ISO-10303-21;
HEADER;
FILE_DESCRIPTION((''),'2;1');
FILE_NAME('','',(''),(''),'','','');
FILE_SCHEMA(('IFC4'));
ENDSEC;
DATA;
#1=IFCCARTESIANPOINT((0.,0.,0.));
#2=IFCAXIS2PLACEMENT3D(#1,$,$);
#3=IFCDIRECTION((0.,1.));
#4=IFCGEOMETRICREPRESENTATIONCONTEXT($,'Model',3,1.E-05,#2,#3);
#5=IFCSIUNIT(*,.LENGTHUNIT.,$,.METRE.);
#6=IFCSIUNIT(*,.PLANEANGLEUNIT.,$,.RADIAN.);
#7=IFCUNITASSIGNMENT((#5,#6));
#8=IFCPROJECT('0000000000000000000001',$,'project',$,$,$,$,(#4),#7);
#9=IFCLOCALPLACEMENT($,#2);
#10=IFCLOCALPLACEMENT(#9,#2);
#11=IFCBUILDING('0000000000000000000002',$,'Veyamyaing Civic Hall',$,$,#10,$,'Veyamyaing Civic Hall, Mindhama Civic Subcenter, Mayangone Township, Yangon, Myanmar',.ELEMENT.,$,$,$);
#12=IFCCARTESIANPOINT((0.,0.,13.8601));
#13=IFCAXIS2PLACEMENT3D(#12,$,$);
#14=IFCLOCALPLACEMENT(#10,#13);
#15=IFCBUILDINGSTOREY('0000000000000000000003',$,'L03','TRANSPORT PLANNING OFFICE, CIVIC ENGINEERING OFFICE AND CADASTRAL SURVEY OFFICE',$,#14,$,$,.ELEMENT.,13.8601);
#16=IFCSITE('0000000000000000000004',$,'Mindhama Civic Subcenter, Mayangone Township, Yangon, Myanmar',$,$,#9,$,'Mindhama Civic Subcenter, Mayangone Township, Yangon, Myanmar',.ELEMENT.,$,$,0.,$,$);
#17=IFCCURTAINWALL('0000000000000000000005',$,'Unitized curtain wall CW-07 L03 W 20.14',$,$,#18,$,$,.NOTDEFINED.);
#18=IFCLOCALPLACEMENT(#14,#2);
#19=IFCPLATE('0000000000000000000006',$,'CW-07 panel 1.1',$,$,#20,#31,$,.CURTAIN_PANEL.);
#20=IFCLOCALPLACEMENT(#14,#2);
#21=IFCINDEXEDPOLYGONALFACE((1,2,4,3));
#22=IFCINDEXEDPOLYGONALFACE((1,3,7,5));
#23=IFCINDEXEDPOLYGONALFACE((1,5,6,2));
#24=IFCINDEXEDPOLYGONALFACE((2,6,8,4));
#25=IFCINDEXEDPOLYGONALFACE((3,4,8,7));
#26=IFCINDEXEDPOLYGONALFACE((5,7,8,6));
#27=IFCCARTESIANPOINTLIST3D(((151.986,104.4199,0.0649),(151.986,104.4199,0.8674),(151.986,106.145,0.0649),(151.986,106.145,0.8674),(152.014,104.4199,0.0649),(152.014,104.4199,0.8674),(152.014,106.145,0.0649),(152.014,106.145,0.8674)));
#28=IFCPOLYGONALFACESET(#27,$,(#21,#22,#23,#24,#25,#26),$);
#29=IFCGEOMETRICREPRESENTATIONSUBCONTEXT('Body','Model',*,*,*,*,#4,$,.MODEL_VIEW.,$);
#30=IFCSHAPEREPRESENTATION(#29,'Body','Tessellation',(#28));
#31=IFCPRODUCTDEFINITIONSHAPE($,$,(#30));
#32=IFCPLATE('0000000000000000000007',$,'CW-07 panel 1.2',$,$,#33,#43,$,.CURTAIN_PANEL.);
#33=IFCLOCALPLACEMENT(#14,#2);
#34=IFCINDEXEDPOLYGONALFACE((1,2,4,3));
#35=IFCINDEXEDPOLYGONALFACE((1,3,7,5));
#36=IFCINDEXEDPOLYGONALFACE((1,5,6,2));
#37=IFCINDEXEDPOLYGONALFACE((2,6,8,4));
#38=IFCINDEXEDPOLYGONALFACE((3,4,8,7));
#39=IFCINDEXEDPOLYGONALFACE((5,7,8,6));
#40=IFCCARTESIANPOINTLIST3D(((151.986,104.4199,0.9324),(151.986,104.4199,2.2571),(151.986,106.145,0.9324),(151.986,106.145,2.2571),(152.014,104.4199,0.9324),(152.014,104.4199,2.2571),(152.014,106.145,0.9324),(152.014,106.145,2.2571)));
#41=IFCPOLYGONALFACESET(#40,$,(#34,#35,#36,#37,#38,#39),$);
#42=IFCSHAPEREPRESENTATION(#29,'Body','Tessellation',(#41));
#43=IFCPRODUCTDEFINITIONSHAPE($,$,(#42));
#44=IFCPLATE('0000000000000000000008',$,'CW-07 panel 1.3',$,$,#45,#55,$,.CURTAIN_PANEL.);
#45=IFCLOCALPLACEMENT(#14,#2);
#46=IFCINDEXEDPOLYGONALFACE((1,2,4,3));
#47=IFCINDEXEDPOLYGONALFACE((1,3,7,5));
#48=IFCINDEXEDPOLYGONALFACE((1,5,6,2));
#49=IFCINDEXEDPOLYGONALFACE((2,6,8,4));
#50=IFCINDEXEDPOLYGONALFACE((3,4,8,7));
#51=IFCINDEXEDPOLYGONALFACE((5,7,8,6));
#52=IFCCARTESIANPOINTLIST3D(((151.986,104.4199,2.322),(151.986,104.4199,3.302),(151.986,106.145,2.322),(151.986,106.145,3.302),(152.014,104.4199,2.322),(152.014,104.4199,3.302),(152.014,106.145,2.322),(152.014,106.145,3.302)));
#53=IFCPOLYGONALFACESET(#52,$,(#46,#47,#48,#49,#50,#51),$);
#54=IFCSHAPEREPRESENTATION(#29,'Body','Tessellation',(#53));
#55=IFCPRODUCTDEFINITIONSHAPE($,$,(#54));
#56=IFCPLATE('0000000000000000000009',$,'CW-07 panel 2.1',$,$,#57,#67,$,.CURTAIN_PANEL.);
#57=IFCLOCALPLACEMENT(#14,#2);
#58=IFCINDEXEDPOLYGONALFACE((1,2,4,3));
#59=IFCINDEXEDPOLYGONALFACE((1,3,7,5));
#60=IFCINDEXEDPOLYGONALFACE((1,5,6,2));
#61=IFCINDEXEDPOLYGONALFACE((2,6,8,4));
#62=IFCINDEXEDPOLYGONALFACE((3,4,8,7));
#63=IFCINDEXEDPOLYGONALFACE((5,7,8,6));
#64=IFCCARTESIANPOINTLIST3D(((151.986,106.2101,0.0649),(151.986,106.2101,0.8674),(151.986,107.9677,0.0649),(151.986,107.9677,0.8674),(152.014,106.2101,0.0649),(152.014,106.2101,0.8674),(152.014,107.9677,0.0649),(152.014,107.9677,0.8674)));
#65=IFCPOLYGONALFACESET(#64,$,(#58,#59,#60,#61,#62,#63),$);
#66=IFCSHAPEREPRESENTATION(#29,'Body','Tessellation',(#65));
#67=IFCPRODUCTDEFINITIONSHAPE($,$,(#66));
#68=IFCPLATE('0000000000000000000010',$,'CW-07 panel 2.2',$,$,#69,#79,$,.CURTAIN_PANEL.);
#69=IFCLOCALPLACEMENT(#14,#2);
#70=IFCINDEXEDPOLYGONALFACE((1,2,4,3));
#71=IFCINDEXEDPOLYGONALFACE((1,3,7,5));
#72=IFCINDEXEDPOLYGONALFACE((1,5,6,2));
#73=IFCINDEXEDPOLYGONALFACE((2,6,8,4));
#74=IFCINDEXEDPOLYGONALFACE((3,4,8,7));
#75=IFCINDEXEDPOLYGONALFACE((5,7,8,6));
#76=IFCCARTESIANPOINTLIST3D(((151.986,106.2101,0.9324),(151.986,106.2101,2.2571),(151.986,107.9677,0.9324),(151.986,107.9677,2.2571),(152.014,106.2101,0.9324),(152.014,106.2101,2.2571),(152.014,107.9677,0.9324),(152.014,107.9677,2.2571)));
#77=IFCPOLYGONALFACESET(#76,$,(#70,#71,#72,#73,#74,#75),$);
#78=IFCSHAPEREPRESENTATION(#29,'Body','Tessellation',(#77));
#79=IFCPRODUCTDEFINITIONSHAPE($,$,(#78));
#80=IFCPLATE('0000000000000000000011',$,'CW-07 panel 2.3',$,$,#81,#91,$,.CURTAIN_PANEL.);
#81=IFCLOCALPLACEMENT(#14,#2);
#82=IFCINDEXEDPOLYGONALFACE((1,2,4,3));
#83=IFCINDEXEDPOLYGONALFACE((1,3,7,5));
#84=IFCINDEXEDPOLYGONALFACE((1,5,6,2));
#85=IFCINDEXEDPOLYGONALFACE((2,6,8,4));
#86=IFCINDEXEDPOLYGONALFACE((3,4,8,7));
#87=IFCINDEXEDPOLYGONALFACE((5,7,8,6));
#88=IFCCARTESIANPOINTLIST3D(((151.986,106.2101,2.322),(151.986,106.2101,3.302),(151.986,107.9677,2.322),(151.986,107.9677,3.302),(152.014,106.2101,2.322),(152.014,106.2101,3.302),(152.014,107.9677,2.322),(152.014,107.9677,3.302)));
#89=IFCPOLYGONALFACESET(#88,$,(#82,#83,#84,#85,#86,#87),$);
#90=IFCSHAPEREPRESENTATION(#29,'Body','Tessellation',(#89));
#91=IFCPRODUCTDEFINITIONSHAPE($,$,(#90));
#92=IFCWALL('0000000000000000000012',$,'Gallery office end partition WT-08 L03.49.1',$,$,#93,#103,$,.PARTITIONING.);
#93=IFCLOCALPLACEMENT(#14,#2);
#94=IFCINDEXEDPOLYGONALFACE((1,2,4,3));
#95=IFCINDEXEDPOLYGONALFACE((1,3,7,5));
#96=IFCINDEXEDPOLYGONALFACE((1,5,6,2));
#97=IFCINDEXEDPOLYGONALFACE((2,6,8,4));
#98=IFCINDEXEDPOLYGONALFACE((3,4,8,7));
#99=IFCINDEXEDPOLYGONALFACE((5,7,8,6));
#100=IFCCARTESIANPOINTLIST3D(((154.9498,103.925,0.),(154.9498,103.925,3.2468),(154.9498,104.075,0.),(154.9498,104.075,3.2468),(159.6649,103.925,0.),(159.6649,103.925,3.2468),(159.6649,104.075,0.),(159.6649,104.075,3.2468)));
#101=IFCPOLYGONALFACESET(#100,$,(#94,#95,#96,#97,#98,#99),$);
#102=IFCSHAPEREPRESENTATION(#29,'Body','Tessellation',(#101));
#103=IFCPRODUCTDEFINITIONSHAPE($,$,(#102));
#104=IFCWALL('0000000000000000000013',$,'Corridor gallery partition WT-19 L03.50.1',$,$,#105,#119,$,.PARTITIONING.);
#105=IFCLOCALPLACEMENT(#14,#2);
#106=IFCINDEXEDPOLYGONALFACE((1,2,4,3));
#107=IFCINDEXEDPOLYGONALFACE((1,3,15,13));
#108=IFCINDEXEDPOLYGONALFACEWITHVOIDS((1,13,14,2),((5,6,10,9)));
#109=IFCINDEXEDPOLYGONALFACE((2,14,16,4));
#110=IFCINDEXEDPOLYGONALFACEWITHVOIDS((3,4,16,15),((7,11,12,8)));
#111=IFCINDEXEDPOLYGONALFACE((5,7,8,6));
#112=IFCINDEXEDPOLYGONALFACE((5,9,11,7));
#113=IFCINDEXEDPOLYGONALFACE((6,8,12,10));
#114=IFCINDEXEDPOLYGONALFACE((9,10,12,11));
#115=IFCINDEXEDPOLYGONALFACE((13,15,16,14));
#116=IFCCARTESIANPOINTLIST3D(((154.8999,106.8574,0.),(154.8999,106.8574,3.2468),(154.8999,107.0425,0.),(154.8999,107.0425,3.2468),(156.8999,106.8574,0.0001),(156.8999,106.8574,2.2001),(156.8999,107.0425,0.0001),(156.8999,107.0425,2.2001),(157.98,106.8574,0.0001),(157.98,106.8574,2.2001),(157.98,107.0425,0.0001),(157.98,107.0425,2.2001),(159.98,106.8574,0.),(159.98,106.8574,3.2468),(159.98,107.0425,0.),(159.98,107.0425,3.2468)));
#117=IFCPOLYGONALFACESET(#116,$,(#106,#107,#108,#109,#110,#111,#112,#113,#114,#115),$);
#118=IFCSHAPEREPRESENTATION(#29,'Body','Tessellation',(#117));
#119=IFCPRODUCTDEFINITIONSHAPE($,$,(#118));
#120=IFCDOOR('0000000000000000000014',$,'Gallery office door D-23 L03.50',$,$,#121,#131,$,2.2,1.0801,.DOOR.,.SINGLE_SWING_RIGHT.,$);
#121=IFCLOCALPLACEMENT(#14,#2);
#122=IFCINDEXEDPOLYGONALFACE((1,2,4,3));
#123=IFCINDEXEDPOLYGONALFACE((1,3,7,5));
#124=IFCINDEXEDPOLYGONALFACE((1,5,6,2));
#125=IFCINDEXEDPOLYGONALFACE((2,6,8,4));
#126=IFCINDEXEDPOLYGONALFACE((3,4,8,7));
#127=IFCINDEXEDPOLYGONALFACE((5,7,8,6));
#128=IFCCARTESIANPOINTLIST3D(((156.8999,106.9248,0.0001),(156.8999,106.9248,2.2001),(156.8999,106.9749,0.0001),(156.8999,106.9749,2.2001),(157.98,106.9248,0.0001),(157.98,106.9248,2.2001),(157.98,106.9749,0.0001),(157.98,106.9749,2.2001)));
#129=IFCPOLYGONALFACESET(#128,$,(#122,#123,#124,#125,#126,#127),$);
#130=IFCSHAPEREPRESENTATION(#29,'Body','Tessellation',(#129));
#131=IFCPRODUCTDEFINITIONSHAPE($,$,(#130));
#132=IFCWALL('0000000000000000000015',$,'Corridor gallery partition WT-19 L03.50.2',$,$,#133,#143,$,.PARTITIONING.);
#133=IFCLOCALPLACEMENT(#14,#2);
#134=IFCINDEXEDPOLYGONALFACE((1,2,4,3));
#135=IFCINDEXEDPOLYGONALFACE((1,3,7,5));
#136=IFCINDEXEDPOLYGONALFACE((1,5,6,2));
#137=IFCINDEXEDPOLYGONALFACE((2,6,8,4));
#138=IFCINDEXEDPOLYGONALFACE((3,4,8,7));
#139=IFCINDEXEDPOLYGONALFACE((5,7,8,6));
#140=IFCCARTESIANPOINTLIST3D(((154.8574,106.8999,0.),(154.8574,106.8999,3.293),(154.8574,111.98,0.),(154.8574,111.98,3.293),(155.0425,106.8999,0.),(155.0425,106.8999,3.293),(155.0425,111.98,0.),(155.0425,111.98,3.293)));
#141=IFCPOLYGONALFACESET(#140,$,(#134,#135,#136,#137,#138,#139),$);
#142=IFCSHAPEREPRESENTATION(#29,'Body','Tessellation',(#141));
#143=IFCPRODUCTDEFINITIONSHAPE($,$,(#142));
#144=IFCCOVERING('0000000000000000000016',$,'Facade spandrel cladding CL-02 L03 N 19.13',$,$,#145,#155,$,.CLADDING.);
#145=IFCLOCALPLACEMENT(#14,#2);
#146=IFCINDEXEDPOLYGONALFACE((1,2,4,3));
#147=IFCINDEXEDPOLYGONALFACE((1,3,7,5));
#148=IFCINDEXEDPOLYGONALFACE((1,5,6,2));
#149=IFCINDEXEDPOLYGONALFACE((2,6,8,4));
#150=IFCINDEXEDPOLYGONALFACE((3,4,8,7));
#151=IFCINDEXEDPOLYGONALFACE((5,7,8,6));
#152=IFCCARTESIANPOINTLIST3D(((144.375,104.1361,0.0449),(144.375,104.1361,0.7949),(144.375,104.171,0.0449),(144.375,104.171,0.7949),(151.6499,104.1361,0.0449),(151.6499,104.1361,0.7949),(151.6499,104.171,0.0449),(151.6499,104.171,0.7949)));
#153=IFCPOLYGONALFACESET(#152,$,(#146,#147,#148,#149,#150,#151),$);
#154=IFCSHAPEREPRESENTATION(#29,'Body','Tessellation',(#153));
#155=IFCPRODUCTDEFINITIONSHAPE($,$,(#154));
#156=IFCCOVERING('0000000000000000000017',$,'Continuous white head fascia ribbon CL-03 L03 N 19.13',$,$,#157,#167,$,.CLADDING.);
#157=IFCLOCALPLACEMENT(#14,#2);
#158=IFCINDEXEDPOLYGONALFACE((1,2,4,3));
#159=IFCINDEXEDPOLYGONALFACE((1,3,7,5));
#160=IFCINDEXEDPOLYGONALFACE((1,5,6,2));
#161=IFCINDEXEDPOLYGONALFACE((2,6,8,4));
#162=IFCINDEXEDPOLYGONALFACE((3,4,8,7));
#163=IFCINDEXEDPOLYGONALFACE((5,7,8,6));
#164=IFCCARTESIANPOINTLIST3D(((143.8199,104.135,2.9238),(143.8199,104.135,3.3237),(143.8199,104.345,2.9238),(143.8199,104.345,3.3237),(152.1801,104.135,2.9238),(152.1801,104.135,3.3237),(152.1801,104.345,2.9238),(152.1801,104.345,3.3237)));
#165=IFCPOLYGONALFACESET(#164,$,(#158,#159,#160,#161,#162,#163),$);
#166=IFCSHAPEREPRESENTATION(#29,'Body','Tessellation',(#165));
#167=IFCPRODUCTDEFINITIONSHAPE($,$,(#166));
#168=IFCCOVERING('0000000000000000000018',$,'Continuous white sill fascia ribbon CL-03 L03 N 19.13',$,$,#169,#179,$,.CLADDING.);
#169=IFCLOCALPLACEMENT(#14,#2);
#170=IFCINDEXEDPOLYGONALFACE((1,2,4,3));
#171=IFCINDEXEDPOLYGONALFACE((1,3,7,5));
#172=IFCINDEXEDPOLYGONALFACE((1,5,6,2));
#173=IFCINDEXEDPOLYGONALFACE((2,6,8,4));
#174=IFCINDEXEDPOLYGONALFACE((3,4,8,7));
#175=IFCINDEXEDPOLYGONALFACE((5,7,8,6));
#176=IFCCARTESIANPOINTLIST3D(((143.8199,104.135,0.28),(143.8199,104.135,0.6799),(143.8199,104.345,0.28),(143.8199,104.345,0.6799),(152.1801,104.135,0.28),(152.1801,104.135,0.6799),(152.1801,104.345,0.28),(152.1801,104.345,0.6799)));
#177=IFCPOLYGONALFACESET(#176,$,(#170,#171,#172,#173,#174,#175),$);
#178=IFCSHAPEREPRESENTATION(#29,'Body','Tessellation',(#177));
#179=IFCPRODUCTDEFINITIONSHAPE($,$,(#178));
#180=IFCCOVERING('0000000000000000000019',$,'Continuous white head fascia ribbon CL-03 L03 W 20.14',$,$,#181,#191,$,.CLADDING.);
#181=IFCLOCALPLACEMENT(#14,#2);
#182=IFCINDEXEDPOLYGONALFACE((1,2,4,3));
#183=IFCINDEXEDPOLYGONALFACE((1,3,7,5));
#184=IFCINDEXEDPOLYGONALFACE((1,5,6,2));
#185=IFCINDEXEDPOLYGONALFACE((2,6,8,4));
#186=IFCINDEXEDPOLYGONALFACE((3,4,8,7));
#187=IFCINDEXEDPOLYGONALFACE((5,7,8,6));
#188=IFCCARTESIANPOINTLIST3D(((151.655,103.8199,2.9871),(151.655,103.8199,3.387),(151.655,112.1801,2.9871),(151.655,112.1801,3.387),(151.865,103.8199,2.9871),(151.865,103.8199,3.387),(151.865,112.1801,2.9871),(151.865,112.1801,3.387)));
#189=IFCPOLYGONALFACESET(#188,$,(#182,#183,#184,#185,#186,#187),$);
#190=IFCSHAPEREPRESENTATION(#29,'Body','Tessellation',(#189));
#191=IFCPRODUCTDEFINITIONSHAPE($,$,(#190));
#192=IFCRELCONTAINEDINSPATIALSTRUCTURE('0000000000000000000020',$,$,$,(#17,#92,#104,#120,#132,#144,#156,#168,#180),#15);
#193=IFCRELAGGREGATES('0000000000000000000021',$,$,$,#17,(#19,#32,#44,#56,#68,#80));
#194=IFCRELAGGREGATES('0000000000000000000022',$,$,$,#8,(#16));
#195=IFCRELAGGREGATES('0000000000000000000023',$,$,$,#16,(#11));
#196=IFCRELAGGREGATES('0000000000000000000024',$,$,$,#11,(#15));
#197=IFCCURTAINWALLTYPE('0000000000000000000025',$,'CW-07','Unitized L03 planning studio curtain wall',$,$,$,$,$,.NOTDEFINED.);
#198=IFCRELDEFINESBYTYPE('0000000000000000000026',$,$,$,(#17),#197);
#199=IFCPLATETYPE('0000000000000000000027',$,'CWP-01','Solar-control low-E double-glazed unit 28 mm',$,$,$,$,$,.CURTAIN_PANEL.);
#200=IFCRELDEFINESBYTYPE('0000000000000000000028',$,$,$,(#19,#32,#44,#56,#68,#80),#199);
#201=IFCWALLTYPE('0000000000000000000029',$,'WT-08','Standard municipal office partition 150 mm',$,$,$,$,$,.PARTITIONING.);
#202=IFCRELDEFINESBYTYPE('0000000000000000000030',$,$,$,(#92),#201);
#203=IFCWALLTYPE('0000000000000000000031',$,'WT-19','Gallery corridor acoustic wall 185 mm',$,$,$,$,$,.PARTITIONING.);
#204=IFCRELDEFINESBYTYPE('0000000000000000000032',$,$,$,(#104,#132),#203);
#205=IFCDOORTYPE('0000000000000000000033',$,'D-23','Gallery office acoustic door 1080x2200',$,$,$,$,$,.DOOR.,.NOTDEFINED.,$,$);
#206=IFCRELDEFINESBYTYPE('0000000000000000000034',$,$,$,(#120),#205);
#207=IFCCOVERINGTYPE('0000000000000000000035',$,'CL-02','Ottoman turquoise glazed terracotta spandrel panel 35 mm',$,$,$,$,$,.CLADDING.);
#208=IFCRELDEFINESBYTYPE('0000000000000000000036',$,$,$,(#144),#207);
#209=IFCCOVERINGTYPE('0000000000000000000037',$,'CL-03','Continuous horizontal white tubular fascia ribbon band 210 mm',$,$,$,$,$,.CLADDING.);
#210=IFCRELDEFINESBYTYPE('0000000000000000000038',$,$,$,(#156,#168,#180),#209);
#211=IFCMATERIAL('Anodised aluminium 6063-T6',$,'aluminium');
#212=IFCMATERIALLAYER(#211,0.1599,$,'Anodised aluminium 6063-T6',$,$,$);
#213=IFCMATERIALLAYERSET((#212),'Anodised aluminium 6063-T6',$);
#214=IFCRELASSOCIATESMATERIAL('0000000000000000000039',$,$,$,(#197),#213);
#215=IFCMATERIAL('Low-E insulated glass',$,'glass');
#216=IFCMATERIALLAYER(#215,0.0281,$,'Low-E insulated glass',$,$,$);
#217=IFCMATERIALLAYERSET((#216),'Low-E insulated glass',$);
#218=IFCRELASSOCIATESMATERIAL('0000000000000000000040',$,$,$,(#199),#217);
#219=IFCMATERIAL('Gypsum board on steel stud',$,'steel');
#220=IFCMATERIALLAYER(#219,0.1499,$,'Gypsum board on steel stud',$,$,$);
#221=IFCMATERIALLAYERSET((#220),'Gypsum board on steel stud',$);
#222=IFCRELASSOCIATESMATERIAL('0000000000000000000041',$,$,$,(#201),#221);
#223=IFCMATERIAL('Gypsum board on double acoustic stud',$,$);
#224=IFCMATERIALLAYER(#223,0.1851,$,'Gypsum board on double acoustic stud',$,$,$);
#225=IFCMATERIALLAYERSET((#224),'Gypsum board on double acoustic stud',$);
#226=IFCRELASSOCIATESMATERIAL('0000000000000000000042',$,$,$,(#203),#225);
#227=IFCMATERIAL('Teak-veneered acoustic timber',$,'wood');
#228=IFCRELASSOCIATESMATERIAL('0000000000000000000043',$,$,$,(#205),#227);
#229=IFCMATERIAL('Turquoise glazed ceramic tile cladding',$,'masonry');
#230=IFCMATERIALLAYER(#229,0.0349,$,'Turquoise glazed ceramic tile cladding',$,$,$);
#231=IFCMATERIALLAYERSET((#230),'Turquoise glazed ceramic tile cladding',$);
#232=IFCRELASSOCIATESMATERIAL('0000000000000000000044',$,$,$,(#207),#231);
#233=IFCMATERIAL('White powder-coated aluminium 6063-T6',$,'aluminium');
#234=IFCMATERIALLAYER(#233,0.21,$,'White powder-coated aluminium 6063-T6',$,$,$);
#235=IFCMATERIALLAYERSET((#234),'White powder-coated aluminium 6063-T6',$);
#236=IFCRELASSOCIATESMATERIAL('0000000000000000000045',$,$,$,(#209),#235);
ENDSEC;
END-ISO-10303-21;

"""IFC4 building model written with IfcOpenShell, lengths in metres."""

from ifc_helpers import new_model, si_unit, direction, frame, frame_2d, origin, origin_2d, place, context, subcontext, project, spatial, rectangle, extrude, material, layer, layer_set, type_object, element, fill, aggregate, save


model = new_model("IFC4")

# Units and contexts
model_context = context("Model", 3, precision=1e-05, world=origin(), true_north=direction((0.0, 1.0)))
body_context = subcontext(model_context, "Body", "Model", "MODEL_VIEW")
ifc_project = project(units=[si_unit("LENGTHUNIT", "METRE"), si_unit("PLANEANGLEUNIT", "RADIAN")], contexts=[model_context])

# Site, building, storey
site_placement = place(None, origin())
site = spatial("IfcSite", under=ifc_project, at=site_placement, Name="Mindhama Civic Subcenter, Mayangone Township, Yangon, Myanmar", LongName="Mindhama Civic Subcenter, Mayangone Township, Yangon, Myanmar", CompositionType="ELEMENT", RefElevation=0.0)
building_placement = place(site_placement, origin())
building = spatial("IfcBuilding", under=site, at=building_placement, Name="Veyamyaing Civic Hall", LongName="Veyamyaing Civic Hall, Mindhama Civic Subcenter, Mayangone Township, Yangon, Myanmar", CompositionType="ELEMENT")
storey_placement = place(building_placement, frame((0.0, 0.0, 13.8601)))
storey = spatial("IfcBuildingStorey", under=building, at=storey_placement, Name="L03", Description="TRANSPORT PLANNING OFFICE, CIVIC ENGINEERING OFFICE AND CADASTRAL SURVEY OFFICE", CompositionType="ELEMENT", Elevation=13.8601)

# Curtain wall
ifc_material_1 = material(Name="Anodised aluminium 6063-T6", Category="aluminium")
ifc_layer_1 = layer(ifc_material_1, 0.1599, Name="Anodised aluminium 6063-T6")
ifc_layer_set_1 = layer_set([ifc_layer_1], Name="Anodised aluminium 6063-T6")
curtain_wall_type = type_object("IfcCurtainWallType", Name="CW-07", Description="Unitized L03 planning studio curtain wall", PredefinedType="NOTDEFINED", material=ifc_layer_set_1)
curtain_wall_placement = place(storey_placement, origin())
curtain_wall = element("IfcCurtainWall", 1, at=curtain_wall_placement, inside=storey, type_object=curtain_wall_type, Name="Unitized curtain wall CW-07 L03 W 20.14", PredefinedType="NOTDEFINED")

# Plates
ifc_material_2 = material(Name="Low-E insulated glass", Category="glass")
ifc_layer_2 = layer(ifc_material_2, 0.0281, Name="Low-E insulated glass")
ifc_layer_set_2 = layer_set([ifc_layer_2], Name="Low-E insulated glass")
plate_type = type_object("IfcPlateType", Name="CWP-01", Description="Solar-control low-E double-glazed unit 28 mm", PredefinedType="CURTAIN_PANEL", material=ifc_layer_set_2)
plate_1_placement = place(storey_placement, frame((152.0, 105.2825, 0.0649), z_axis=(0.0, 0.0, 1.0), x_axis=(0.0, 1.0, 0.0)))
plate_1 = element("IfcPlate", 2, at=plate_1_placement, type_object=plate_type, Name="CW-07 panel 1.1", PredefinedType="CURTAIN_PANEL", context=body_context, shape_type="SweptSolid", body=[
    extrude(rectangle(XDim=1.7251, YDim=0.0281, at=origin_2d()), origin(), (0.0, 0.0, 1.0), 0.8025),
])
plate_2_placement = place(storey_placement, frame((152.0, 105.2825, 0.9324), z_axis=(0.0, 0.0, 1.0), x_axis=(0.0, 1.0, 0.0)))
plate_2 = element("IfcPlate", 3, at=plate_2_placement, type_object=plate_type, Name="CW-07 panel 1.2", PredefinedType="CURTAIN_PANEL", context=body_context, shape_type="SweptSolid", body=[
    extrude(rectangle(XDim=1.7251, YDim=0.0281, at=origin_2d()), origin(), (0.0, 0.0, 1.0), 1.3247),
])
plate_3_placement = place(storey_placement, frame((152.0, 105.2825, 2.322), z_axis=(0.0, 0.0, 1.0), x_axis=(0.0, 1.0, 0.0)))
plate_3 = element("IfcPlate", 4, at=plate_3_placement, type_object=plate_type, Name="CW-07 panel 1.3", PredefinedType="CURTAIN_PANEL", context=body_context, shape_type="SweptSolid", body=[
    extrude(rectangle(XDim=1.7251, YDim=0.0281, at=origin_2d()), origin(), (0.0, 0.0, 1.0), 0.98),
])
plate_4_placement = place(storey_placement, frame((152.0, 107.0889, 0.0649), z_axis=(0.0, 0.0, 1.0), x_axis=(0.0, 1.0, 0.0)))
plate_4 = element("IfcPlate", 5, at=plate_4_placement, type_object=plate_type, Name="CW-07 panel 2.1", PredefinedType="CURTAIN_PANEL", context=body_context, shape_type="SweptSolid", body=[
    extrude(rectangle(XDim=1.7576, YDim=0.0281, at=origin_2d()), origin(), (0.0, 0.0, 1.0), 0.8025),
])
plate_5_placement = place(storey_placement, frame((152.0, 107.0889, 0.9324), z_axis=(0.0, 0.0, 1.0), x_axis=(0.0, 1.0, 0.0)))
plate_5 = element("IfcPlate", 6, at=plate_5_placement, type_object=plate_type, Name="CW-07 panel 2.2", PredefinedType="CURTAIN_PANEL", context=body_context, shape_type="SweptSolid", body=[
    extrude(rectangle(XDim=1.7576, YDim=0.0281, at=origin_2d()), origin(), (0.0, 0.0, 1.0), 1.3247),
])
plate_6_placement = place(storey_placement, frame((152.0, 107.0889, 2.322), z_axis=(0.0, 0.0, 1.0), x_axis=(0.0, 1.0, 0.0)))
plate_6 = element("IfcPlate", 7, at=plate_6_placement, type_object=plate_type, Name="CW-07 panel 2.3", PredefinedType="CURTAIN_PANEL", context=body_context, shape_type="SweptSolid", body=[
    extrude(rectangle(XDim=1.7576, YDim=0.0281, at=origin_2d()), origin(), (0.0, 0.0, 1.0), 0.98),
])
aggregate(curtain_wall, [plate_1, plate_2, plate_3, plate_4, plate_5, plate_6])

# Wall
ifc_material_3 = material(Name="Gypsum board on steel stud", Category="steel")
ifc_layer_3 = layer(ifc_material_3, 0.1499, Name="Gypsum board on steel stud")
ifc_layer_set_3 = layer_set([ifc_layer_3], Name="Gypsum board on steel stud")
wall_type_1 = type_object("IfcWallType", Name="WT-08", Description="Standard municipal office partition 150 mm", PredefinedType="PARTITIONING", material=ifc_layer_set_3)
wall_1_placement = place(storey_placement, frame((154.95, 104.0, 0.0), z_axis=(0.0, 0.0, 1.0), x_axis=(1.0, 0.0, 0.0)))
element("IfcWall", 8, at=wall_1_placement, inside=storey, type_object=wall_type_1, Name="Gallery office end partition WT-08 L03.49.1", PredefinedType="PARTITIONING", context=body_context, shape_type="SweptSolid", body=[
    extrude(rectangle(XDim=4.7151, YDim=0.1499, at=frame_2d((2.3574, 0.0))), origin(), (0.0, 0.0, 1.0), 3.2468),
])

# Wall, opening, door
ifc_material_4 = material(Name="Gypsum board on double acoustic stud")
ifc_layer_4 = layer(ifc_material_4, 0.1851, Name="Gypsum board on double acoustic stud")
ifc_layer_set_4 = layer_set([ifc_layer_4], Name="Gypsum board on double acoustic stud")
wall_type_2 = type_object("IfcWallType", Name="WT-19", Description="Gallery corridor acoustic wall 185 mm", PredefinedType="PARTITIONING", material=ifc_layer_set_4)
wall_2_placement = place(storey_placement, frame((154.8999, 106.95, 0.0), z_axis=(0.0, 0.0, 1.0), x_axis=(1.0, 0.0, 0.0)))
wall_2 = element("IfcWall", 9, at=wall_2_placement, inside=storey, type_object=wall_type_2, Name="Corridor gallery partition WT-19 L03.50.1", PredefinedType="PARTITIONING", context=body_context, shape_type="SweptSolid", body=[
    extrude(rectangle(XDim=5.0801, YDim=0.1851, at=frame_2d((2.54, 0.0))), origin(), (0.0, 0.0, 1.0), 3.2468),
])
opening_placement = place(wall_2_placement, frame((2.0, 0.0, 0.0)))
opening = element("IfcOpeningElement", 10, at=opening_placement, cuts=wall_2, PredefinedType="OPENING", context=body_context, shape_type="SweptSolid", body=[
    extrude(rectangle(XDim=1.0801, YDim=2.2, at=frame_2d((0.54, 1.1001))), frame((0.0, 0.1025, 0.0), z_axis=(0.0, -1.0, 0.0), x_axis=(1.0, 0.0, 0.0)), (0.0, 0.0, 1.0), 0.2051),
])
ifc_material_5 = material(Name="Teak-veneered acoustic timber", Category="wood")
door_type = type_object("IfcDoorType", Name="D-23", Description="Gallery office acoustic door 1080x2200", OperationType="NOTDEFINED", PredefinedType="DOOR", material=ifc_material_5)
door_placement = place(opening_placement, origin())
door = element("IfcDoor", 11, at=door_placement, inside=storey, type_object=door_type, Name="Gallery office door D-23 L03.50", OperationType="SINGLE_SWING_RIGHT", OverallHeight=2.2, OverallWidth=1.0801, PredefinedType="DOOR", context=body_context, shape_type="SweptSolid", body=[
    extrude(rectangle(XDim=1.0801, YDim=2.2, at=frame_2d((0.54, 1.1001))), frame((0.0, 0.0249, 0.0), z_axis=(0.0, -1.0, 0.0), x_axis=(1.0, 0.0, 0.0)), (0.0, 0.0, 1.0), 0.05),
])
fill(opening, door)

# Wall
wall_3_placement = place(storey_placement, frame((154.95, 106.8999, 0.0), z_axis=(0.0, 0.0, 1.0), x_axis=(0.0, 1.0, 0.0)))
element("IfcWall", 12, at=wall_3_placement, inside=storey, type_object=wall_type_2, Name="Corridor gallery partition WT-19 L03.50.2", PredefinedType="PARTITIONING", context=body_context, shape_type="SweptSolid", body=[
    extrude(rectangle(XDim=5.0801, YDim=0.1851, at=frame_2d((2.54, 0.0))), origin(), (0.0, 0.0, 1.0), 3.293),
])

# Coverings
ifc_material_6 = material(Name="Turquoise glazed ceramic tile cladding", Category="masonry")
ifc_layer_5 = layer(ifc_material_6, 0.0349, Name="Turquoise glazed ceramic tile cladding")
ifc_layer_set_5 = layer_set([ifc_layer_5], Name="Turquoise glazed ceramic tile cladding")
covering_type_1 = type_object("IfcCoveringType", Name="CL-02", Description="Ottoman turquoise glazed terracotta spandrel panel 35 mm", PredefinedType="CLADDING", material=ifc_layer_set_5)
covering_placement = place(storey_placement, frame((148.0125, 104.1536, 0.0449), z_axis=(0.0, 0.0, 1.0), x_axis=(1.0, 0.0, 0.0)))
element("IfcCovering", 13, at=covering_placement, inside=storey, type_object=covering_type_1, Name="Facade spandrel cladding CL-02 L03 N 19.13", PredefinedType="CLADDING", context=body_context, shape_type="SweptSolid", body=[
    extrude(rectangle(XDim=7.2749, YDim=0.0349, at=origin_2d()), origin(), (0.0, 0.0, 1.0), 0.75),
])
ifc_material_7 = material(Name="White powder-coated aluminium 6063-T6", Category="aluminium")
ifc_layer_6 = layer(ifc_material_7, 0.21, Name="White powder-coated aluminium 6063-T6")
ifc_layer_set_6 = layer_set([ifc_layer_6], Name="White powder-coated aluminium 6063-T6")
covering_type_2 = type_object("IfcCoveringType", Name="CL-03", Description="Continuous horizontal white tubular fascia ribbon band 210 mm", PredefinedType="CLADDING", material=ifc_layer_set_6)
for number, where, z_axis, x_axis, name in (
    (14, (148.0, 104.24, 2.9238), (0.0, 0.0, 1.0), (1.0, 0.0, 0.0), "Continuous white head fascia ribbon CL-03 L03 N 19.13"),
    (15, (148.0, 104.24, 0.28), (0.0, 0.0, 1.0), (1.0, 0.0, 0.0), "Continuous white sill fascia ribbon CL-03 L03 N 19.13"),
    (16, (151.76, 108.0, 2.9871), (0.0, 0.0, 1.0), (0.0, 1.0, 0.0), "Continuous white head fascia ribbon CL-03 L03 W 20.14"),
):
    element("IfcCovering", number, at=place(storey_placement, frame(where, z_axis=z_axis, x_axis=x_axis)), inside=storey, type_object=covering_type_2, Name=name, PredefinedType="CLADDING", context=body_context, shape_type="SweptSolid", body=[
        extrude(rectangle(XDim=8.3601, YDim=0.21, at=origin_2d()), origin(), (0.0, 0.0, 1.0), 0.3999),
    ])

save(model, "model.ifc")
